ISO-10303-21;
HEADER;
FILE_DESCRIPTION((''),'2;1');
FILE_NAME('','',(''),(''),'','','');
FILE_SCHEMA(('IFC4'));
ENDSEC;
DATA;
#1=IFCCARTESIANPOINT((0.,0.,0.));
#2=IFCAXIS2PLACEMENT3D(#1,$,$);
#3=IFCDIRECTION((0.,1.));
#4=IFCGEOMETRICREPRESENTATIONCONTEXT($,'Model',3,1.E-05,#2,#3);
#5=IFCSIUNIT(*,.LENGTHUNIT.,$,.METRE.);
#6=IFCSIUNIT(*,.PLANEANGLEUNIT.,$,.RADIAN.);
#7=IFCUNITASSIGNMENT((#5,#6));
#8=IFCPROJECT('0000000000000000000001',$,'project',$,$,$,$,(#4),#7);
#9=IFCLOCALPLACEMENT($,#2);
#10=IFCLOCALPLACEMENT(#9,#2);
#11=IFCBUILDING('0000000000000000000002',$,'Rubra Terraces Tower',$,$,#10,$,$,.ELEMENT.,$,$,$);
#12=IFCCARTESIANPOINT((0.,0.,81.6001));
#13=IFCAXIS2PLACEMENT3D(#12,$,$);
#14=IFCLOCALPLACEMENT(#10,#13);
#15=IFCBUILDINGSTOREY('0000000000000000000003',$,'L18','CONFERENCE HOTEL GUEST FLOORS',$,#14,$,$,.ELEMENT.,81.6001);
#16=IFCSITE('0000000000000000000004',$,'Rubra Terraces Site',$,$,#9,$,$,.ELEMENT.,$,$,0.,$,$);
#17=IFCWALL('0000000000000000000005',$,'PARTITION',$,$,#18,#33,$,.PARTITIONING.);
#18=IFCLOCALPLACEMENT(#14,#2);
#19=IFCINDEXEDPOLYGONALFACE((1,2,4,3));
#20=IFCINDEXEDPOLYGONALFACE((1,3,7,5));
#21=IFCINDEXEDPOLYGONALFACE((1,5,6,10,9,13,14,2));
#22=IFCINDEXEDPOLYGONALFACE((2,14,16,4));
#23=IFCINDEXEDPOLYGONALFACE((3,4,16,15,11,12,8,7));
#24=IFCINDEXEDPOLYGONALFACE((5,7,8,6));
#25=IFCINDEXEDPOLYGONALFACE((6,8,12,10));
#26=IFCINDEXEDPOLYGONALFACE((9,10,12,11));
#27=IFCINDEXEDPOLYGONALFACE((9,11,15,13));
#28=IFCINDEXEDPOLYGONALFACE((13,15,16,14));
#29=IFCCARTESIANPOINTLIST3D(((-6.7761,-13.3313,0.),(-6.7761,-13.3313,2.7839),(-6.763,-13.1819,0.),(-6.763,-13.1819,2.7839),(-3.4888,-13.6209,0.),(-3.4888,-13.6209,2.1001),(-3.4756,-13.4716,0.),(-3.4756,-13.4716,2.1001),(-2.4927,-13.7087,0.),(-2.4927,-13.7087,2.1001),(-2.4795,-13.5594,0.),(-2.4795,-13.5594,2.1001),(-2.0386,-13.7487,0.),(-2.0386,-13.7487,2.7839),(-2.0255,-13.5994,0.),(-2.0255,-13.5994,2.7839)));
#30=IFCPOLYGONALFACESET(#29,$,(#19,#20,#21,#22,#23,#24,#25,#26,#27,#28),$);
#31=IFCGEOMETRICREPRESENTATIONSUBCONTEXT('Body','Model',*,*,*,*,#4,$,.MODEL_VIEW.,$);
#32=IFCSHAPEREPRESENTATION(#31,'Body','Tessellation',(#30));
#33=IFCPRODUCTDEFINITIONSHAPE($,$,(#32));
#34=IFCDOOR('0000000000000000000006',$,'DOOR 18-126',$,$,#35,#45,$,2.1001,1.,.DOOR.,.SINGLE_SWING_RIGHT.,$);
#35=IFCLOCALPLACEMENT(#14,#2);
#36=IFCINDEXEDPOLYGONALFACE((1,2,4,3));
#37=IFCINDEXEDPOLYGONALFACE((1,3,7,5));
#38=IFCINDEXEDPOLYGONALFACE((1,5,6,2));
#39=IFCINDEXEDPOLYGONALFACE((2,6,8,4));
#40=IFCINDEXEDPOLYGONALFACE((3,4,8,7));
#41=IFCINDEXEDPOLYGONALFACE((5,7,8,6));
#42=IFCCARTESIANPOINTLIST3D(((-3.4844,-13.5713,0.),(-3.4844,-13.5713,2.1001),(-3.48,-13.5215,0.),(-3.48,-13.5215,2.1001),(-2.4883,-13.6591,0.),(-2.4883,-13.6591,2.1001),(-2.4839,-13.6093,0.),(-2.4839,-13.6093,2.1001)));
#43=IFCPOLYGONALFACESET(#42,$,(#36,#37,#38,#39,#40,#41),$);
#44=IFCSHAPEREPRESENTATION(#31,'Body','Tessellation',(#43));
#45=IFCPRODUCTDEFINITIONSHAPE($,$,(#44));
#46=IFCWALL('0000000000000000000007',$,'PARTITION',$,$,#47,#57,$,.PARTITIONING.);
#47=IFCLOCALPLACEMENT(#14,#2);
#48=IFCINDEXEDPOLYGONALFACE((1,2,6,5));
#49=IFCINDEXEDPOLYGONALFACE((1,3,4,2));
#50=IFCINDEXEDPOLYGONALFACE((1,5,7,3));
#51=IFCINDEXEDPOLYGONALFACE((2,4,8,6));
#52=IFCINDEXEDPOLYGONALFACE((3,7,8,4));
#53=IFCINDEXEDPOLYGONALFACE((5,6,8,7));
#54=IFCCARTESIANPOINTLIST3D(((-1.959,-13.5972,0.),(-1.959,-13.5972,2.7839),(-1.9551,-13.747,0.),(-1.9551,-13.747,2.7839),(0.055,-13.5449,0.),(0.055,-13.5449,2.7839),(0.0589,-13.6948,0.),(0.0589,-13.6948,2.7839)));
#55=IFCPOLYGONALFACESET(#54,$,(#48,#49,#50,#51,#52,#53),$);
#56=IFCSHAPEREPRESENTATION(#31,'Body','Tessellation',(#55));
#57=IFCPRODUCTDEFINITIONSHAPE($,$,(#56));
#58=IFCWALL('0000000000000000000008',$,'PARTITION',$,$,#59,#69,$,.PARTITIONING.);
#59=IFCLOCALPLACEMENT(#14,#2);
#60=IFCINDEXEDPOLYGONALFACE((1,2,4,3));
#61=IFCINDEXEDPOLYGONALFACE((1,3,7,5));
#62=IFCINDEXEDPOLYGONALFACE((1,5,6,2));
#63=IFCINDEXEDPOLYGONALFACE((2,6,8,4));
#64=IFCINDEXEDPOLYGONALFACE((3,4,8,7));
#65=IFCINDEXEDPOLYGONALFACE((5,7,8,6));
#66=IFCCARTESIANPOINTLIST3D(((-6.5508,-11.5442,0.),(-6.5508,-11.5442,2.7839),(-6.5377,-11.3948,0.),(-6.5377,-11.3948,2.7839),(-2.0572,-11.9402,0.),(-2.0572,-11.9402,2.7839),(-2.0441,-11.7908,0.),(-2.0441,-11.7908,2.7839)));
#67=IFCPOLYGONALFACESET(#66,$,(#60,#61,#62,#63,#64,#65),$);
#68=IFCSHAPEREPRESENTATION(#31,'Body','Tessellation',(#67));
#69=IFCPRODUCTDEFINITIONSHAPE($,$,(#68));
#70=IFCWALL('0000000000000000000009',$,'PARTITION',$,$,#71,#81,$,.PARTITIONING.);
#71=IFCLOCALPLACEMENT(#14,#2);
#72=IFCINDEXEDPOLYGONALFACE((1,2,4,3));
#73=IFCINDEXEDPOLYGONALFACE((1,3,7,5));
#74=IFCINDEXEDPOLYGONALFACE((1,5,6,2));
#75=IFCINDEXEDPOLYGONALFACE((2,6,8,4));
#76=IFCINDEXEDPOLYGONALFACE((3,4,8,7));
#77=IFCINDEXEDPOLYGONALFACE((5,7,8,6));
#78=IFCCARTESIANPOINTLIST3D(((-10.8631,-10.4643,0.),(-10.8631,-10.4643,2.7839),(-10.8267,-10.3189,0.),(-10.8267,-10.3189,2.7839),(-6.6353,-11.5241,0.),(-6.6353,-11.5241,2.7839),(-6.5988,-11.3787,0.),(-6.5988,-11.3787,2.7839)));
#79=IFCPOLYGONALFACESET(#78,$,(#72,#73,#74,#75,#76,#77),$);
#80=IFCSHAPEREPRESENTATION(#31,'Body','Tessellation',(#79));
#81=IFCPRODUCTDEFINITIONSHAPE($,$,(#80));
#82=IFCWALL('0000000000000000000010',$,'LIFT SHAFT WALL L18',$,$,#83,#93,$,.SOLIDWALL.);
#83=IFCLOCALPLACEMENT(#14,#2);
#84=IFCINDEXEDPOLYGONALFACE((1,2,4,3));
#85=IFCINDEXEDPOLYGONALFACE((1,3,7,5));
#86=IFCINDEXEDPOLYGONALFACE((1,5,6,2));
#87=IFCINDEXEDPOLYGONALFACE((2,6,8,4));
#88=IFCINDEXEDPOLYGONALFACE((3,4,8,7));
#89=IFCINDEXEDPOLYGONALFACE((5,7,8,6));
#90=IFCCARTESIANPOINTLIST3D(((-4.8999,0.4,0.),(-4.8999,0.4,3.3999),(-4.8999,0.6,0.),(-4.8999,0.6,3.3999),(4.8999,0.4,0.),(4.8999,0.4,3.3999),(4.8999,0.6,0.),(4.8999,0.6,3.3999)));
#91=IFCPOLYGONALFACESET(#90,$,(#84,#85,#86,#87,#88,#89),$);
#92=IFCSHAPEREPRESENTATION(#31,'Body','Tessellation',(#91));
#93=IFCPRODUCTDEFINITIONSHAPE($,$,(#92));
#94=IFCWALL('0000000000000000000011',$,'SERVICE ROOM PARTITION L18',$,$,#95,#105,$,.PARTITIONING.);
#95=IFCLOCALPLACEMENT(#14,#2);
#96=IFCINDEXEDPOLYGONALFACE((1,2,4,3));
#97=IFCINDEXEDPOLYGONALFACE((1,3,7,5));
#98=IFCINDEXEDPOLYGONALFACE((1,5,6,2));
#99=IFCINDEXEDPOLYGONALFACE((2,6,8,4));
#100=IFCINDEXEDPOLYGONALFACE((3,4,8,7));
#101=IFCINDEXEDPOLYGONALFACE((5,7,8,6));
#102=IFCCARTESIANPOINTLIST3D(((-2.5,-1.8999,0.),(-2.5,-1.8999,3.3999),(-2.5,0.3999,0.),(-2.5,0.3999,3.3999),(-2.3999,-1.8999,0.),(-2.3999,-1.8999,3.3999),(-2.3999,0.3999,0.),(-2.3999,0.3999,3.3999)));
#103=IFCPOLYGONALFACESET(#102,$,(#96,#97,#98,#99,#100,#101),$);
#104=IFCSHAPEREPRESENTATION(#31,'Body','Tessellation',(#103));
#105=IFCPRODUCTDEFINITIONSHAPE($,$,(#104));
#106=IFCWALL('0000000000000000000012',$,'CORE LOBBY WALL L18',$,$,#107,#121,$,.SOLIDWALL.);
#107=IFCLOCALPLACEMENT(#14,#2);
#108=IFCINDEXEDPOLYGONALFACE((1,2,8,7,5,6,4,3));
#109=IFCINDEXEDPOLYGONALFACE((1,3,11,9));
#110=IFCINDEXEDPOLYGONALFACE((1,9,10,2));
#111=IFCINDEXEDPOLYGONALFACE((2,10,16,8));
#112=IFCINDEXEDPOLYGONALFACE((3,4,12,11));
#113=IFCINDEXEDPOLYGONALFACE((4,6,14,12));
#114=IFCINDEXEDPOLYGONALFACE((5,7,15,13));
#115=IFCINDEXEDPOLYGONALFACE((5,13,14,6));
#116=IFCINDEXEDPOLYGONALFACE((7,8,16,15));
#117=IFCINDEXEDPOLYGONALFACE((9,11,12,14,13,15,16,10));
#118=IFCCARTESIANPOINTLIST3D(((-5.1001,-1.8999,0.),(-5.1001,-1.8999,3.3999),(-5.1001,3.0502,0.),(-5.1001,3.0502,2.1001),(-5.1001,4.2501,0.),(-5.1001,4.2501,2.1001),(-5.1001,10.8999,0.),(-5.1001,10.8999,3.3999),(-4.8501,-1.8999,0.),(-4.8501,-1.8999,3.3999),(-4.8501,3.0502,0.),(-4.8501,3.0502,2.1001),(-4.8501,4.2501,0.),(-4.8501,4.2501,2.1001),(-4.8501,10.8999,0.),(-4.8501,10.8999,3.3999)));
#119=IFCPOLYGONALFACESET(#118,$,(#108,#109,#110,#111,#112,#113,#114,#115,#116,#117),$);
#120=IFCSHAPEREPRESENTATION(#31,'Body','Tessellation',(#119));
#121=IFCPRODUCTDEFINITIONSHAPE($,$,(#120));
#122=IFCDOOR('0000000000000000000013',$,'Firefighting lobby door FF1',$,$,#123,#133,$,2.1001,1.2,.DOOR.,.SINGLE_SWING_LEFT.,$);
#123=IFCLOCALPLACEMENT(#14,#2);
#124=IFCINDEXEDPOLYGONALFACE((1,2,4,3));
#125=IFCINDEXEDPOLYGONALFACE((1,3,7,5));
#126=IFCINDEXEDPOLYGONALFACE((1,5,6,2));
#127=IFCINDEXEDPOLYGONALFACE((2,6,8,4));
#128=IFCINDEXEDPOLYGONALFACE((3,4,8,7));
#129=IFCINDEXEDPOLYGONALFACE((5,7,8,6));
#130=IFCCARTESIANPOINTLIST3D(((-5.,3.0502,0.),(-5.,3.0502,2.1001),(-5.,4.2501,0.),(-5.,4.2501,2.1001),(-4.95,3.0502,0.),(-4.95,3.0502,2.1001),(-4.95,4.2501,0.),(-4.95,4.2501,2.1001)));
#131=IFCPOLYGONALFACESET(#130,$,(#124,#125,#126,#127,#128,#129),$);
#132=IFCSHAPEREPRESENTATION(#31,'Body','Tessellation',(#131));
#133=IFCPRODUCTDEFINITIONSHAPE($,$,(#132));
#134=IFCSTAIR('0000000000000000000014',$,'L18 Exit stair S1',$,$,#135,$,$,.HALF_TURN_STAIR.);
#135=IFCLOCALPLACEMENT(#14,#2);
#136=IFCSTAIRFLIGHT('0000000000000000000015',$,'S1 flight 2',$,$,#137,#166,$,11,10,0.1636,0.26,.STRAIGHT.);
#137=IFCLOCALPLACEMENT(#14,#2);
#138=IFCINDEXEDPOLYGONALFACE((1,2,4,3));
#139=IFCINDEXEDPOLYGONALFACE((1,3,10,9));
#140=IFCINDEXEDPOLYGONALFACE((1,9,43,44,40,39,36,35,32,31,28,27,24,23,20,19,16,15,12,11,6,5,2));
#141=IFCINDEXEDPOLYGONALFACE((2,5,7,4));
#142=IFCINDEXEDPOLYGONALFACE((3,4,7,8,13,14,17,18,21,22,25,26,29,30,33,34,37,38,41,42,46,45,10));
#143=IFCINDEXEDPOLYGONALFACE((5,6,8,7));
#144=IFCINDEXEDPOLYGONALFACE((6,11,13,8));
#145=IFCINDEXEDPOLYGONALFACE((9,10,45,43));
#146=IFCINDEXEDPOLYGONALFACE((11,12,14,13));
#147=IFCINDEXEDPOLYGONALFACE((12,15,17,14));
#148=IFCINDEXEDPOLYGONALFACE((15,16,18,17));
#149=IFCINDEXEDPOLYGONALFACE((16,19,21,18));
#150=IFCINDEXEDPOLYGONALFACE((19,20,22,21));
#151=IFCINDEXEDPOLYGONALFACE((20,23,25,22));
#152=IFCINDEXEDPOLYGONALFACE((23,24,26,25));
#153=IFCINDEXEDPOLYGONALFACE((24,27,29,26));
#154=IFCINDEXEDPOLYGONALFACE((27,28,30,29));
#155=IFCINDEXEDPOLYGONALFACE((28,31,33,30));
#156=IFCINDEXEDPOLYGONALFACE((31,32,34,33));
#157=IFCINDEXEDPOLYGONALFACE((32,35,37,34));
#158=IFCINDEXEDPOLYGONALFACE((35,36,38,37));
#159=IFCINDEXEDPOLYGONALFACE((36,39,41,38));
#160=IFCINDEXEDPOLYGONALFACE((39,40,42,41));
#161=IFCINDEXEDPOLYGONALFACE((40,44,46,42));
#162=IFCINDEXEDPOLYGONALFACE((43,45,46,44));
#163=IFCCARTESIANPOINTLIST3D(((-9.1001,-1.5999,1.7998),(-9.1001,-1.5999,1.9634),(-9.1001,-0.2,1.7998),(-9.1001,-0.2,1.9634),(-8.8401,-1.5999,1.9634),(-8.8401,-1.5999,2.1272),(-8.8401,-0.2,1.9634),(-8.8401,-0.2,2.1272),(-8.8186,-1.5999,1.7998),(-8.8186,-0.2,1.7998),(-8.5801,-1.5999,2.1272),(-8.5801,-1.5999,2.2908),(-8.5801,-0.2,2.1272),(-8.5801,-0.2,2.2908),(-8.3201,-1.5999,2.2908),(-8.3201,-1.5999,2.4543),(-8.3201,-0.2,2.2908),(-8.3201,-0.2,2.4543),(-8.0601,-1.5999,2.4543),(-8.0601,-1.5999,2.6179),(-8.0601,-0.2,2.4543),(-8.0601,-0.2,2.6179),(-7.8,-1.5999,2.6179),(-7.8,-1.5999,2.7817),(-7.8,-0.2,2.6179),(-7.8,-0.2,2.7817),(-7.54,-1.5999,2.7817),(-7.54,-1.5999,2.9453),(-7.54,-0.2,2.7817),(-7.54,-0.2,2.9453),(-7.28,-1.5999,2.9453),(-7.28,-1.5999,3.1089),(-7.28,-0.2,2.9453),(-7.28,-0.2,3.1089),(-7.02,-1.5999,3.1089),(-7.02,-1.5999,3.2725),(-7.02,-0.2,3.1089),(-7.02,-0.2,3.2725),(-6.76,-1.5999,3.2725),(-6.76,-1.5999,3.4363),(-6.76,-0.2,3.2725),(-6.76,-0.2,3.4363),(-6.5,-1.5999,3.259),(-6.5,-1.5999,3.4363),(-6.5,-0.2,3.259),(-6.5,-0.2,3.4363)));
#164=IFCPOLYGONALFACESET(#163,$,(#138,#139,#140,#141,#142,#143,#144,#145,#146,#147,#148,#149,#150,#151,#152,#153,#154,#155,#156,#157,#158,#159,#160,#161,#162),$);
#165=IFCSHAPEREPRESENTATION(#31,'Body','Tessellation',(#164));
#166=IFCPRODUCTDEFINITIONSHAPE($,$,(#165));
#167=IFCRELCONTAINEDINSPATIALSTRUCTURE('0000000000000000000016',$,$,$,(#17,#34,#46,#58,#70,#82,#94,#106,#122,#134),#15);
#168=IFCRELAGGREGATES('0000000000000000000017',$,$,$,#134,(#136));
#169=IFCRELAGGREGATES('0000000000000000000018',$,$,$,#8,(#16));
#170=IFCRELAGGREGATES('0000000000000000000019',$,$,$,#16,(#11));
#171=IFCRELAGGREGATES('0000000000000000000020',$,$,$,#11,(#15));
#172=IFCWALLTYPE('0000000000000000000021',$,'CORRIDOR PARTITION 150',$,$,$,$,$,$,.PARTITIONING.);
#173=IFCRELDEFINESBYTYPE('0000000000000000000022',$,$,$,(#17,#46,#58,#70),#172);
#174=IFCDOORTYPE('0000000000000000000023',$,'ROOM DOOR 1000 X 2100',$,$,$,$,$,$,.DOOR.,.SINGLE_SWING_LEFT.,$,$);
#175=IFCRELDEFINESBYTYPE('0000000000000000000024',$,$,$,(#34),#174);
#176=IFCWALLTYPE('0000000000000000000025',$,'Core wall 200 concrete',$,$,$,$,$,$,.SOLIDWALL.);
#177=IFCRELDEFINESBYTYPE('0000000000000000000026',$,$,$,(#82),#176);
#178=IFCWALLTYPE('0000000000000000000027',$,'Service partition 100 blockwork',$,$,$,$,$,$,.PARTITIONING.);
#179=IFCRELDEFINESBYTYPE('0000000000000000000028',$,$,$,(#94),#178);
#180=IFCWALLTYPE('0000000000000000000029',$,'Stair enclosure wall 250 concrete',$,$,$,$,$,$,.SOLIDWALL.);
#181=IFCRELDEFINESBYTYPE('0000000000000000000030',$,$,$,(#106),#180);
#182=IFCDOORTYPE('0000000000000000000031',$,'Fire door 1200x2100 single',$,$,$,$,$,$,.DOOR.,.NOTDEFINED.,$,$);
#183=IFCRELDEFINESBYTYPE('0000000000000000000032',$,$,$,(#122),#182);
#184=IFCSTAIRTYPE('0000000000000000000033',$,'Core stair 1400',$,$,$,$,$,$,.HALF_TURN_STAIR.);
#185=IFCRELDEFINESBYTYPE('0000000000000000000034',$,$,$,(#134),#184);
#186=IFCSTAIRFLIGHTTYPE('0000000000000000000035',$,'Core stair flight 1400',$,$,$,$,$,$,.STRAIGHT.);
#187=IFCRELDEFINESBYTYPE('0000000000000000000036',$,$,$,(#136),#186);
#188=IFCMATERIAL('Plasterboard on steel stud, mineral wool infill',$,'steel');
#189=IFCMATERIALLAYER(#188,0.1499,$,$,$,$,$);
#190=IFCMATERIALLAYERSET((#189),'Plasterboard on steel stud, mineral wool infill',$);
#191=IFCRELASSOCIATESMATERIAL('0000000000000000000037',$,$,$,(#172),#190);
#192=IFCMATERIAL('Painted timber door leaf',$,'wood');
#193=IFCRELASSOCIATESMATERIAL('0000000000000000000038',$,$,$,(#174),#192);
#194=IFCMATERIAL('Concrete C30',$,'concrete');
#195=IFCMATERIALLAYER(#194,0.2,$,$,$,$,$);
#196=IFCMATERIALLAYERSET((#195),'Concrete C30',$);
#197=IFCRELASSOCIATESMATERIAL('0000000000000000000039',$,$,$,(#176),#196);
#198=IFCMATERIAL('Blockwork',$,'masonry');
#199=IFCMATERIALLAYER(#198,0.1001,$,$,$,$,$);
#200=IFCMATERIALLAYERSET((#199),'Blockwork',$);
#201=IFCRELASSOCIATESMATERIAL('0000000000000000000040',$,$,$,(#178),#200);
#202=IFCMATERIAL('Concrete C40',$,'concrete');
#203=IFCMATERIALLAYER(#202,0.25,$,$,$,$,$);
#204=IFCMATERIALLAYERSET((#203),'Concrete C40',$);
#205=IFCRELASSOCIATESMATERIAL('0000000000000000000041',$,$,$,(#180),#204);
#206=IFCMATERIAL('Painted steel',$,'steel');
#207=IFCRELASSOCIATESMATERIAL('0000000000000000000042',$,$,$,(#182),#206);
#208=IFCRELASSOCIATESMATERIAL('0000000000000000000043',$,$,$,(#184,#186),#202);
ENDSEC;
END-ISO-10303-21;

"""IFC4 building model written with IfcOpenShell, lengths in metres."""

from ifc_helpers import new_model, si_unit, direction, frame, frame_2d, origin, place, context, subcontext, project, spatial, polyline, rectangle, outline, extrude, material, layer, layer_set, type_object, element, fill, aggregate, save


model = new_model("IFC4")

# Units and contexts
model_context = context("Model", 3, precision=1e-05, world=origin(), true_north=direction((0.0, 1.0)))
body_context = subcontext(model_context, "Body", "Model", "MODEL_VIEW")
ifc_project = project(units=[si_unit("LENGTHUNIT", "METRE"), si_unit("PLANEANGLEUNIT", "RADIAN")], contexts=[model_context])

# Site, building, storey
site_placement = place(None, origin())
site = spatial("IfcSite", under=ifc_project, at=site_placement, Name="Rubra Terraces Site", CompositionType="ELEMENT", RefElevation=0.0)
building_placement = place(site_placement, origin())
building = spatial("IfcBuilding", under=site, at=building_placement, Name="Rubra Terraces Tower", CompositionType="ELEMENT")
storey_placement = place(building_placement, frame((0.0, 0.0, 81.6001)))
storey = spatial("IfcBuildingStorey", under=building, at=storey_placement, Name="L18", Description="CONFERENCE HOTEL GUEST FLOORS", CompositionType="ELEMENT", Elevation=81.6001)

# Shared definitions
ifc_material_1 = material(Name="Concrete C40", Category="concrete")

# Wall, opening, door
ifc_material_2 = material(Name="Plasterboard on steel stud, mineral wool infill", Category="steel")
ifc_layer_1 = layer(ifc_material_2, 0.1499)
ifc_layer_set_1 = layer_set([ifc_layer_1], Name="Plasterboard on steel stud, mineral wool infill")
wall_type_1 = type_object("IfcWallType", Name="CORRIDOR PARTITION 150", PredefinedType="PARTITIONING", material=ifc_layer_set_1)
wall_1_placement = place(storey_placement, frame((-6.7695, -13.2566, 0.0), z_axis=(0.0, 0.0, 1.0), x_axis=(0.99614, -0.087781, 0.0)))
wall_1 = element("IfcWall", 1, at=wall_1_placement, inside=storey, type_object=wall_type_1, Name="PARTITION", PredefinedType="PARTITIONING", context=body_context, shape_type="SweptSolid", body=[
    extrude(rectangle(XDim=4.7559, YDim=0.1499, at=frame_2d((2.3779, 0.0))), origin(), (0.0, 0.0, 1.0), 2.7839),
])
opening_1_placement = place(wall_1_placement, frame((3.3, 0.0, 0.0)))
opening_1 = element("IfcOpeningElement", 2, at=opening_1_placement, cuts=wall_1, PredefinedType="OPENING", context=body_context, shape_type="SweptSolid", body=[
    extrude(rectangle(XDim=1.0, YDim=2.1001, at=frame_2d((0.5, 1.05))), frame((0.0, 0.085, 0.0), z_axis=(0.0, -1.0, 0.0), x_axis=(1.0, 0.0, 0.0)), (0.0, 0.0, 1.0), 0.1699),
])
ifc_material_3 = material(Name="Painted timber door leaf", Category="wood")
door_type_1 = type_object("IfcDoorType", Name="ROOM DOOR 1000 X 2100", OperationType="SINGLE_SWING_LEFT", PredefinedType="DOOR", material=ifc_material_3)
door_1_placement = place(opening_1_placement, origin())
door_1 = element("IfcDoor", 3, at=door_1_placement, inside=storey, type_object=door_type_1, Name="DOOR 18-126", OperationType="SINGLE_SWING_RIGHT", OverallHeight=2.1001, OverallWidth=1.0, PredefinedType="DOOR", context=body_context, shape_type="SweptSolid", body=[
    extrude(rectangle(XDim=1.0, YDim=2.1001, at=frame_2d((0.5, 1.05))), frame((0.0, 0.0249, 0.0), z_axis=(0.0, -1.0, 0.0), x_axis=(1.0, 0.0, 0.0)), (0.0, 0.0, 1.0), 0.05),
])
fill(opening_1, door_1)

# Walls
wall_2_placement = place(storey_placement, frame((-1.957, -13.6721, 0.0), z_axis=(0.0, 0.0, 1.0), x_axis=(0.999664, 0.025934, 0.0)))
element("IfcWall", 4, at=wall_2_placement, inside=storey, type_object=wall_type_1, Name="PARTITION", PredefinedType="PARTITIONING", context=body_context, shape_type="SweptSolid", body=[
    extrude(rectangle(XDim=2.0146, YDim=0.1499, at=frame_2d((1.0073, 0.0))), origin(), (0.0, 0.0, 1.0), 2.7839),
])
wall_3_placement = place(storey_placement, frame((-2.0508, -11.8655, 0.0), z_axis=(0.0, 0.0, 1.0), x_axis=(-0.99614, 0.087783, 0.0)))
element("IfcWall", 5, at=wall_3_placement, inside=storey, type_object=wall_type_1, Name="PARTITION", PredefinedType="PARTITIONING", context=body_context, shape_type="SweptSolid", body=[
    extrude(rectangle(XDim=4.511, YDim=0.1499, at=frame_2d((2.2554, 0.0))), origin(), (0.0, 0.0, 1.0), 2.7839),
])
wall_4_placement = place(storey_placement, frame((-6.6172, -11.4514, 0.0), z_axis=(0.0, 0.0, 1.0), x_axis=(-0.969987, 0.243155, 0.0)))
element("IfcWall", 6, at=wall_4_placement, inside=storey, type_object=wall_type_1, Name="PARTITION", PredefinedType="PARTITIONING", context=body_context, shape_type="SweptSolid", body=[
    extrude(rectangle(XDim=4.3586, YDim=0.1499, at=frame_2d((2.1792, 0.0))), origin(), (0.0, 0.0, 1.0), 2.7839),
])
ifc_material_4 = material(Name="Concrete C30", Category="concrete")
ifc_layer_2 = layer(ifc_material_4, 0.2)
ifc_layer_set_2 = layer_set([ifc_layer_2], Name="Concrete C30")
wall_type_2 = type_object("IfcWallType", Name="Core wall 200 concrete", PredefinedType="SOLIDWALL", material=ifc_layer_set_2)
wall_5_placement = place(storey_placement, frame((-4.8999, 0.5, 0.0), z_axis=(0.0, 0.0, 1.0), x_axis=(1.0, 0.0, 0.0)))
element("IfcWall", 7, at=wall_5_placement, inside=storey, type_object=wall_type_2, Name="LIFT SHAFT WALL L18", PredefinedType="SOLIDWALL", context=body_context, shape_type="SweptSolid", body=[
    extrude(rectangle(XDim=9.7998, YDim=0.2, at=frame_2d((4.8999, 0.0))), origin(), (0.0, 0.0, 1.0), 3.3999),
])
ifc_material_5 = material(Name="Blockwork", Category="masonry")
ifc_layer_3 = layer(ifc_material_5, 0.1001)
ifc_layer_set_3 = layer_set([ifc_layer_3], Name="Blockwork")
wall_type_3 = type_object("IfcWallType", Name="Service partition 100 blockwork", PredefinedType="PARTITIONING", material=ifc_layer_set_3)
wall_6_placement = place(storey_placement, frame((-2.45, -1.8999, 0.0), z_axis=(0.0, 0.0, 1.0), x_axis=(0.0, 1.0, 0.0)))
element("IfcWall", 8, at=wall_6_placement, inside=storey, type_object=wall_type_3, Name="SERVICE ROOM PARTITION L18", PredefinedType="PARTITIONING", context=body_context, shape_type="SweptSolid", body=[
    extrude(rectangle(XDim=2.2998, YDim=0.1001, at=frame_2d((1.1499, 0.0))), origin(), (0.0, 0.0, 1.0), 3.3999),
])

# Wall, opening, door
ifc_layer_4 = layer(ifc_material_1, 0.25)
ifc_layer_set_4 = layer_set([ifc_layer_4], Name="Concrete C40")
wall_type_4 = type_object("IfcWallType", Name="Stair enclosure wall 250 concrete", PredefinedType="SOLIDWALL", material=ifc_layer_set_4)
wall_7_placement = place(storey_placement, frame((-4.9751, -1.8999, 0.0), z_axis=(0.0, 0.0, 1.0), x_axis=(0.0, 1.0, 0.0)))
wall_7 = element("IfcWall", 9, at=wall_7_placement, inside=storey, type_object=wall_type_4, Name="CORE LOBBY WALL L18", PredefinedType="SOLIDWALL", context=body_context, shape_type="SweptSolid", body=[
    extrude(rectangle(XDim=12.7998, YDim=0.25, at=frame_2d((6.3999, 0.0))), origin(), (0.0, 0.0, 1.0), 3.3999),
])
opening_2_placement = place(wall_7_placement, frame((4.95, 0.0, 0.0)))
opening_2 = element("IfcOpeningElement", 10, at=opening_2_placement, cuts=wall_7, PredefinedType="OPENING", context=body_context, shape_type="SweptSolid", body=[
    extrude(rectangle(XDim=1.2, YDim=2.1001, at=frame_2d((0.6001, 1.05))), frame((0.0, 0.135, 0.0), z_axis=(0.0, -1.0, 0.0), x_axis=(1.0, 0.0, 0.0)), (0.0, 0.0, 1.0), 0.27),
])
ifc_material_6 = material(Name="Painted steel", Category="steel")
door_type_2 = type_object("IfcDoorType", Name="Fire door 1200x2100 single", OperationType="NOTDEFINED", PredefinedType="DOOR", material=ifc_material_6)
door_2_placement = place(opening_2_placement, origin())
door_2 = element("IfcDoor", 11, at=door_2_placement, inside=storey, type_object=door_type_2, Name="Firefighting lobby door FF1", OperationType="SINGLE_SWING_LEFT", OverallHeight=2.1001, OverallWidth=1.2, PredefinedType="DOOR", context=body_context, shape_type="SweptSolid", body=[
    extrude(rectangle(XDim=1.2, YDim=2.1001, at=frame_2d((0.6001, 1.05))), frame((0.0, 0.0249, 0.0), z_axis=(0.0, -1.0, 0.0), x_axis=(1.0, 0.0, 0.0)), (0.0, 0.0, 1.0), 0.05),
])
fill(opening_2, door_2)

# Stair, stair flight
stair_type = type_object("IfcStairType", Name="Core stair 1400", PredefinedType="HALF_TURN_STAIR", material=ifc_material_1)
stair_placement = place(storey_placement, origin())
stair = element("IfcStair", 12, at=stair_placement, inside=storey, type_object=stair_type, Name="L18 Exit stair S1", PredefinedType="HALF_TURN_STAIR")
stair_flight_type = type_object("IfcStairFlightType", Name="Core stair flight 1400", PredefinedType="STRAIGHT", material=ifc_material_1)
stair_flight_placement = place(storey_placement, frame((-9.1001, -0.8999, 1.7998), z_axis=(0.0, 0.0, 1.0), x_axis=(1.0, 0.0, 0.0)))
stair_flight = element("IfcStairFlight", 13, at=stair_flight_placement, type_object=stair_flight_type, Name="S1 flight 2", NumberOfRisers=11, NumberOfTreads=10, PredefinedType="STRAIGHT", RiserHeight=0.1636, TreadLength=0.26, context=body_context, shape_type="SweptSolid", body=[
    extrude(outline(polyline([(0.0, 0.0), (0.0, 0.1636), (0.26, 0.1636), (0.26, 0.3274), (0.52, 0.3274), (0.52, 0.491), (0.78, 0.491), (0.78, 0.6545), (1.04, 0.6545), (1.04, 0.8181), (1.3, 0.8181), (1.3, 0.9819), (1.5601, 0.9819), (1.5601, 1.1455), (1.8201, 1.1455), (1.8201, 1.3091), (2.0801, 1.3091), (2.0801, 1.4727), (2.3401, 1.4727), (2.3401, 1.6365), (2.6001, 1.6365), (2.6001, 1.8), (2.6001, 1.4592), (0.2815, 0.0), (0.0, 0.0)])), frame((0.0, 0.7, 0.0), z_axis=(0.0, -1.0, 0.0), x_axis=(1.0, 0.0, 0.0)), (0.0, 0.0, 1.0), 1.3999),
])
aggregate(stair, [stair_flight])

save(model, "model.ifc")
